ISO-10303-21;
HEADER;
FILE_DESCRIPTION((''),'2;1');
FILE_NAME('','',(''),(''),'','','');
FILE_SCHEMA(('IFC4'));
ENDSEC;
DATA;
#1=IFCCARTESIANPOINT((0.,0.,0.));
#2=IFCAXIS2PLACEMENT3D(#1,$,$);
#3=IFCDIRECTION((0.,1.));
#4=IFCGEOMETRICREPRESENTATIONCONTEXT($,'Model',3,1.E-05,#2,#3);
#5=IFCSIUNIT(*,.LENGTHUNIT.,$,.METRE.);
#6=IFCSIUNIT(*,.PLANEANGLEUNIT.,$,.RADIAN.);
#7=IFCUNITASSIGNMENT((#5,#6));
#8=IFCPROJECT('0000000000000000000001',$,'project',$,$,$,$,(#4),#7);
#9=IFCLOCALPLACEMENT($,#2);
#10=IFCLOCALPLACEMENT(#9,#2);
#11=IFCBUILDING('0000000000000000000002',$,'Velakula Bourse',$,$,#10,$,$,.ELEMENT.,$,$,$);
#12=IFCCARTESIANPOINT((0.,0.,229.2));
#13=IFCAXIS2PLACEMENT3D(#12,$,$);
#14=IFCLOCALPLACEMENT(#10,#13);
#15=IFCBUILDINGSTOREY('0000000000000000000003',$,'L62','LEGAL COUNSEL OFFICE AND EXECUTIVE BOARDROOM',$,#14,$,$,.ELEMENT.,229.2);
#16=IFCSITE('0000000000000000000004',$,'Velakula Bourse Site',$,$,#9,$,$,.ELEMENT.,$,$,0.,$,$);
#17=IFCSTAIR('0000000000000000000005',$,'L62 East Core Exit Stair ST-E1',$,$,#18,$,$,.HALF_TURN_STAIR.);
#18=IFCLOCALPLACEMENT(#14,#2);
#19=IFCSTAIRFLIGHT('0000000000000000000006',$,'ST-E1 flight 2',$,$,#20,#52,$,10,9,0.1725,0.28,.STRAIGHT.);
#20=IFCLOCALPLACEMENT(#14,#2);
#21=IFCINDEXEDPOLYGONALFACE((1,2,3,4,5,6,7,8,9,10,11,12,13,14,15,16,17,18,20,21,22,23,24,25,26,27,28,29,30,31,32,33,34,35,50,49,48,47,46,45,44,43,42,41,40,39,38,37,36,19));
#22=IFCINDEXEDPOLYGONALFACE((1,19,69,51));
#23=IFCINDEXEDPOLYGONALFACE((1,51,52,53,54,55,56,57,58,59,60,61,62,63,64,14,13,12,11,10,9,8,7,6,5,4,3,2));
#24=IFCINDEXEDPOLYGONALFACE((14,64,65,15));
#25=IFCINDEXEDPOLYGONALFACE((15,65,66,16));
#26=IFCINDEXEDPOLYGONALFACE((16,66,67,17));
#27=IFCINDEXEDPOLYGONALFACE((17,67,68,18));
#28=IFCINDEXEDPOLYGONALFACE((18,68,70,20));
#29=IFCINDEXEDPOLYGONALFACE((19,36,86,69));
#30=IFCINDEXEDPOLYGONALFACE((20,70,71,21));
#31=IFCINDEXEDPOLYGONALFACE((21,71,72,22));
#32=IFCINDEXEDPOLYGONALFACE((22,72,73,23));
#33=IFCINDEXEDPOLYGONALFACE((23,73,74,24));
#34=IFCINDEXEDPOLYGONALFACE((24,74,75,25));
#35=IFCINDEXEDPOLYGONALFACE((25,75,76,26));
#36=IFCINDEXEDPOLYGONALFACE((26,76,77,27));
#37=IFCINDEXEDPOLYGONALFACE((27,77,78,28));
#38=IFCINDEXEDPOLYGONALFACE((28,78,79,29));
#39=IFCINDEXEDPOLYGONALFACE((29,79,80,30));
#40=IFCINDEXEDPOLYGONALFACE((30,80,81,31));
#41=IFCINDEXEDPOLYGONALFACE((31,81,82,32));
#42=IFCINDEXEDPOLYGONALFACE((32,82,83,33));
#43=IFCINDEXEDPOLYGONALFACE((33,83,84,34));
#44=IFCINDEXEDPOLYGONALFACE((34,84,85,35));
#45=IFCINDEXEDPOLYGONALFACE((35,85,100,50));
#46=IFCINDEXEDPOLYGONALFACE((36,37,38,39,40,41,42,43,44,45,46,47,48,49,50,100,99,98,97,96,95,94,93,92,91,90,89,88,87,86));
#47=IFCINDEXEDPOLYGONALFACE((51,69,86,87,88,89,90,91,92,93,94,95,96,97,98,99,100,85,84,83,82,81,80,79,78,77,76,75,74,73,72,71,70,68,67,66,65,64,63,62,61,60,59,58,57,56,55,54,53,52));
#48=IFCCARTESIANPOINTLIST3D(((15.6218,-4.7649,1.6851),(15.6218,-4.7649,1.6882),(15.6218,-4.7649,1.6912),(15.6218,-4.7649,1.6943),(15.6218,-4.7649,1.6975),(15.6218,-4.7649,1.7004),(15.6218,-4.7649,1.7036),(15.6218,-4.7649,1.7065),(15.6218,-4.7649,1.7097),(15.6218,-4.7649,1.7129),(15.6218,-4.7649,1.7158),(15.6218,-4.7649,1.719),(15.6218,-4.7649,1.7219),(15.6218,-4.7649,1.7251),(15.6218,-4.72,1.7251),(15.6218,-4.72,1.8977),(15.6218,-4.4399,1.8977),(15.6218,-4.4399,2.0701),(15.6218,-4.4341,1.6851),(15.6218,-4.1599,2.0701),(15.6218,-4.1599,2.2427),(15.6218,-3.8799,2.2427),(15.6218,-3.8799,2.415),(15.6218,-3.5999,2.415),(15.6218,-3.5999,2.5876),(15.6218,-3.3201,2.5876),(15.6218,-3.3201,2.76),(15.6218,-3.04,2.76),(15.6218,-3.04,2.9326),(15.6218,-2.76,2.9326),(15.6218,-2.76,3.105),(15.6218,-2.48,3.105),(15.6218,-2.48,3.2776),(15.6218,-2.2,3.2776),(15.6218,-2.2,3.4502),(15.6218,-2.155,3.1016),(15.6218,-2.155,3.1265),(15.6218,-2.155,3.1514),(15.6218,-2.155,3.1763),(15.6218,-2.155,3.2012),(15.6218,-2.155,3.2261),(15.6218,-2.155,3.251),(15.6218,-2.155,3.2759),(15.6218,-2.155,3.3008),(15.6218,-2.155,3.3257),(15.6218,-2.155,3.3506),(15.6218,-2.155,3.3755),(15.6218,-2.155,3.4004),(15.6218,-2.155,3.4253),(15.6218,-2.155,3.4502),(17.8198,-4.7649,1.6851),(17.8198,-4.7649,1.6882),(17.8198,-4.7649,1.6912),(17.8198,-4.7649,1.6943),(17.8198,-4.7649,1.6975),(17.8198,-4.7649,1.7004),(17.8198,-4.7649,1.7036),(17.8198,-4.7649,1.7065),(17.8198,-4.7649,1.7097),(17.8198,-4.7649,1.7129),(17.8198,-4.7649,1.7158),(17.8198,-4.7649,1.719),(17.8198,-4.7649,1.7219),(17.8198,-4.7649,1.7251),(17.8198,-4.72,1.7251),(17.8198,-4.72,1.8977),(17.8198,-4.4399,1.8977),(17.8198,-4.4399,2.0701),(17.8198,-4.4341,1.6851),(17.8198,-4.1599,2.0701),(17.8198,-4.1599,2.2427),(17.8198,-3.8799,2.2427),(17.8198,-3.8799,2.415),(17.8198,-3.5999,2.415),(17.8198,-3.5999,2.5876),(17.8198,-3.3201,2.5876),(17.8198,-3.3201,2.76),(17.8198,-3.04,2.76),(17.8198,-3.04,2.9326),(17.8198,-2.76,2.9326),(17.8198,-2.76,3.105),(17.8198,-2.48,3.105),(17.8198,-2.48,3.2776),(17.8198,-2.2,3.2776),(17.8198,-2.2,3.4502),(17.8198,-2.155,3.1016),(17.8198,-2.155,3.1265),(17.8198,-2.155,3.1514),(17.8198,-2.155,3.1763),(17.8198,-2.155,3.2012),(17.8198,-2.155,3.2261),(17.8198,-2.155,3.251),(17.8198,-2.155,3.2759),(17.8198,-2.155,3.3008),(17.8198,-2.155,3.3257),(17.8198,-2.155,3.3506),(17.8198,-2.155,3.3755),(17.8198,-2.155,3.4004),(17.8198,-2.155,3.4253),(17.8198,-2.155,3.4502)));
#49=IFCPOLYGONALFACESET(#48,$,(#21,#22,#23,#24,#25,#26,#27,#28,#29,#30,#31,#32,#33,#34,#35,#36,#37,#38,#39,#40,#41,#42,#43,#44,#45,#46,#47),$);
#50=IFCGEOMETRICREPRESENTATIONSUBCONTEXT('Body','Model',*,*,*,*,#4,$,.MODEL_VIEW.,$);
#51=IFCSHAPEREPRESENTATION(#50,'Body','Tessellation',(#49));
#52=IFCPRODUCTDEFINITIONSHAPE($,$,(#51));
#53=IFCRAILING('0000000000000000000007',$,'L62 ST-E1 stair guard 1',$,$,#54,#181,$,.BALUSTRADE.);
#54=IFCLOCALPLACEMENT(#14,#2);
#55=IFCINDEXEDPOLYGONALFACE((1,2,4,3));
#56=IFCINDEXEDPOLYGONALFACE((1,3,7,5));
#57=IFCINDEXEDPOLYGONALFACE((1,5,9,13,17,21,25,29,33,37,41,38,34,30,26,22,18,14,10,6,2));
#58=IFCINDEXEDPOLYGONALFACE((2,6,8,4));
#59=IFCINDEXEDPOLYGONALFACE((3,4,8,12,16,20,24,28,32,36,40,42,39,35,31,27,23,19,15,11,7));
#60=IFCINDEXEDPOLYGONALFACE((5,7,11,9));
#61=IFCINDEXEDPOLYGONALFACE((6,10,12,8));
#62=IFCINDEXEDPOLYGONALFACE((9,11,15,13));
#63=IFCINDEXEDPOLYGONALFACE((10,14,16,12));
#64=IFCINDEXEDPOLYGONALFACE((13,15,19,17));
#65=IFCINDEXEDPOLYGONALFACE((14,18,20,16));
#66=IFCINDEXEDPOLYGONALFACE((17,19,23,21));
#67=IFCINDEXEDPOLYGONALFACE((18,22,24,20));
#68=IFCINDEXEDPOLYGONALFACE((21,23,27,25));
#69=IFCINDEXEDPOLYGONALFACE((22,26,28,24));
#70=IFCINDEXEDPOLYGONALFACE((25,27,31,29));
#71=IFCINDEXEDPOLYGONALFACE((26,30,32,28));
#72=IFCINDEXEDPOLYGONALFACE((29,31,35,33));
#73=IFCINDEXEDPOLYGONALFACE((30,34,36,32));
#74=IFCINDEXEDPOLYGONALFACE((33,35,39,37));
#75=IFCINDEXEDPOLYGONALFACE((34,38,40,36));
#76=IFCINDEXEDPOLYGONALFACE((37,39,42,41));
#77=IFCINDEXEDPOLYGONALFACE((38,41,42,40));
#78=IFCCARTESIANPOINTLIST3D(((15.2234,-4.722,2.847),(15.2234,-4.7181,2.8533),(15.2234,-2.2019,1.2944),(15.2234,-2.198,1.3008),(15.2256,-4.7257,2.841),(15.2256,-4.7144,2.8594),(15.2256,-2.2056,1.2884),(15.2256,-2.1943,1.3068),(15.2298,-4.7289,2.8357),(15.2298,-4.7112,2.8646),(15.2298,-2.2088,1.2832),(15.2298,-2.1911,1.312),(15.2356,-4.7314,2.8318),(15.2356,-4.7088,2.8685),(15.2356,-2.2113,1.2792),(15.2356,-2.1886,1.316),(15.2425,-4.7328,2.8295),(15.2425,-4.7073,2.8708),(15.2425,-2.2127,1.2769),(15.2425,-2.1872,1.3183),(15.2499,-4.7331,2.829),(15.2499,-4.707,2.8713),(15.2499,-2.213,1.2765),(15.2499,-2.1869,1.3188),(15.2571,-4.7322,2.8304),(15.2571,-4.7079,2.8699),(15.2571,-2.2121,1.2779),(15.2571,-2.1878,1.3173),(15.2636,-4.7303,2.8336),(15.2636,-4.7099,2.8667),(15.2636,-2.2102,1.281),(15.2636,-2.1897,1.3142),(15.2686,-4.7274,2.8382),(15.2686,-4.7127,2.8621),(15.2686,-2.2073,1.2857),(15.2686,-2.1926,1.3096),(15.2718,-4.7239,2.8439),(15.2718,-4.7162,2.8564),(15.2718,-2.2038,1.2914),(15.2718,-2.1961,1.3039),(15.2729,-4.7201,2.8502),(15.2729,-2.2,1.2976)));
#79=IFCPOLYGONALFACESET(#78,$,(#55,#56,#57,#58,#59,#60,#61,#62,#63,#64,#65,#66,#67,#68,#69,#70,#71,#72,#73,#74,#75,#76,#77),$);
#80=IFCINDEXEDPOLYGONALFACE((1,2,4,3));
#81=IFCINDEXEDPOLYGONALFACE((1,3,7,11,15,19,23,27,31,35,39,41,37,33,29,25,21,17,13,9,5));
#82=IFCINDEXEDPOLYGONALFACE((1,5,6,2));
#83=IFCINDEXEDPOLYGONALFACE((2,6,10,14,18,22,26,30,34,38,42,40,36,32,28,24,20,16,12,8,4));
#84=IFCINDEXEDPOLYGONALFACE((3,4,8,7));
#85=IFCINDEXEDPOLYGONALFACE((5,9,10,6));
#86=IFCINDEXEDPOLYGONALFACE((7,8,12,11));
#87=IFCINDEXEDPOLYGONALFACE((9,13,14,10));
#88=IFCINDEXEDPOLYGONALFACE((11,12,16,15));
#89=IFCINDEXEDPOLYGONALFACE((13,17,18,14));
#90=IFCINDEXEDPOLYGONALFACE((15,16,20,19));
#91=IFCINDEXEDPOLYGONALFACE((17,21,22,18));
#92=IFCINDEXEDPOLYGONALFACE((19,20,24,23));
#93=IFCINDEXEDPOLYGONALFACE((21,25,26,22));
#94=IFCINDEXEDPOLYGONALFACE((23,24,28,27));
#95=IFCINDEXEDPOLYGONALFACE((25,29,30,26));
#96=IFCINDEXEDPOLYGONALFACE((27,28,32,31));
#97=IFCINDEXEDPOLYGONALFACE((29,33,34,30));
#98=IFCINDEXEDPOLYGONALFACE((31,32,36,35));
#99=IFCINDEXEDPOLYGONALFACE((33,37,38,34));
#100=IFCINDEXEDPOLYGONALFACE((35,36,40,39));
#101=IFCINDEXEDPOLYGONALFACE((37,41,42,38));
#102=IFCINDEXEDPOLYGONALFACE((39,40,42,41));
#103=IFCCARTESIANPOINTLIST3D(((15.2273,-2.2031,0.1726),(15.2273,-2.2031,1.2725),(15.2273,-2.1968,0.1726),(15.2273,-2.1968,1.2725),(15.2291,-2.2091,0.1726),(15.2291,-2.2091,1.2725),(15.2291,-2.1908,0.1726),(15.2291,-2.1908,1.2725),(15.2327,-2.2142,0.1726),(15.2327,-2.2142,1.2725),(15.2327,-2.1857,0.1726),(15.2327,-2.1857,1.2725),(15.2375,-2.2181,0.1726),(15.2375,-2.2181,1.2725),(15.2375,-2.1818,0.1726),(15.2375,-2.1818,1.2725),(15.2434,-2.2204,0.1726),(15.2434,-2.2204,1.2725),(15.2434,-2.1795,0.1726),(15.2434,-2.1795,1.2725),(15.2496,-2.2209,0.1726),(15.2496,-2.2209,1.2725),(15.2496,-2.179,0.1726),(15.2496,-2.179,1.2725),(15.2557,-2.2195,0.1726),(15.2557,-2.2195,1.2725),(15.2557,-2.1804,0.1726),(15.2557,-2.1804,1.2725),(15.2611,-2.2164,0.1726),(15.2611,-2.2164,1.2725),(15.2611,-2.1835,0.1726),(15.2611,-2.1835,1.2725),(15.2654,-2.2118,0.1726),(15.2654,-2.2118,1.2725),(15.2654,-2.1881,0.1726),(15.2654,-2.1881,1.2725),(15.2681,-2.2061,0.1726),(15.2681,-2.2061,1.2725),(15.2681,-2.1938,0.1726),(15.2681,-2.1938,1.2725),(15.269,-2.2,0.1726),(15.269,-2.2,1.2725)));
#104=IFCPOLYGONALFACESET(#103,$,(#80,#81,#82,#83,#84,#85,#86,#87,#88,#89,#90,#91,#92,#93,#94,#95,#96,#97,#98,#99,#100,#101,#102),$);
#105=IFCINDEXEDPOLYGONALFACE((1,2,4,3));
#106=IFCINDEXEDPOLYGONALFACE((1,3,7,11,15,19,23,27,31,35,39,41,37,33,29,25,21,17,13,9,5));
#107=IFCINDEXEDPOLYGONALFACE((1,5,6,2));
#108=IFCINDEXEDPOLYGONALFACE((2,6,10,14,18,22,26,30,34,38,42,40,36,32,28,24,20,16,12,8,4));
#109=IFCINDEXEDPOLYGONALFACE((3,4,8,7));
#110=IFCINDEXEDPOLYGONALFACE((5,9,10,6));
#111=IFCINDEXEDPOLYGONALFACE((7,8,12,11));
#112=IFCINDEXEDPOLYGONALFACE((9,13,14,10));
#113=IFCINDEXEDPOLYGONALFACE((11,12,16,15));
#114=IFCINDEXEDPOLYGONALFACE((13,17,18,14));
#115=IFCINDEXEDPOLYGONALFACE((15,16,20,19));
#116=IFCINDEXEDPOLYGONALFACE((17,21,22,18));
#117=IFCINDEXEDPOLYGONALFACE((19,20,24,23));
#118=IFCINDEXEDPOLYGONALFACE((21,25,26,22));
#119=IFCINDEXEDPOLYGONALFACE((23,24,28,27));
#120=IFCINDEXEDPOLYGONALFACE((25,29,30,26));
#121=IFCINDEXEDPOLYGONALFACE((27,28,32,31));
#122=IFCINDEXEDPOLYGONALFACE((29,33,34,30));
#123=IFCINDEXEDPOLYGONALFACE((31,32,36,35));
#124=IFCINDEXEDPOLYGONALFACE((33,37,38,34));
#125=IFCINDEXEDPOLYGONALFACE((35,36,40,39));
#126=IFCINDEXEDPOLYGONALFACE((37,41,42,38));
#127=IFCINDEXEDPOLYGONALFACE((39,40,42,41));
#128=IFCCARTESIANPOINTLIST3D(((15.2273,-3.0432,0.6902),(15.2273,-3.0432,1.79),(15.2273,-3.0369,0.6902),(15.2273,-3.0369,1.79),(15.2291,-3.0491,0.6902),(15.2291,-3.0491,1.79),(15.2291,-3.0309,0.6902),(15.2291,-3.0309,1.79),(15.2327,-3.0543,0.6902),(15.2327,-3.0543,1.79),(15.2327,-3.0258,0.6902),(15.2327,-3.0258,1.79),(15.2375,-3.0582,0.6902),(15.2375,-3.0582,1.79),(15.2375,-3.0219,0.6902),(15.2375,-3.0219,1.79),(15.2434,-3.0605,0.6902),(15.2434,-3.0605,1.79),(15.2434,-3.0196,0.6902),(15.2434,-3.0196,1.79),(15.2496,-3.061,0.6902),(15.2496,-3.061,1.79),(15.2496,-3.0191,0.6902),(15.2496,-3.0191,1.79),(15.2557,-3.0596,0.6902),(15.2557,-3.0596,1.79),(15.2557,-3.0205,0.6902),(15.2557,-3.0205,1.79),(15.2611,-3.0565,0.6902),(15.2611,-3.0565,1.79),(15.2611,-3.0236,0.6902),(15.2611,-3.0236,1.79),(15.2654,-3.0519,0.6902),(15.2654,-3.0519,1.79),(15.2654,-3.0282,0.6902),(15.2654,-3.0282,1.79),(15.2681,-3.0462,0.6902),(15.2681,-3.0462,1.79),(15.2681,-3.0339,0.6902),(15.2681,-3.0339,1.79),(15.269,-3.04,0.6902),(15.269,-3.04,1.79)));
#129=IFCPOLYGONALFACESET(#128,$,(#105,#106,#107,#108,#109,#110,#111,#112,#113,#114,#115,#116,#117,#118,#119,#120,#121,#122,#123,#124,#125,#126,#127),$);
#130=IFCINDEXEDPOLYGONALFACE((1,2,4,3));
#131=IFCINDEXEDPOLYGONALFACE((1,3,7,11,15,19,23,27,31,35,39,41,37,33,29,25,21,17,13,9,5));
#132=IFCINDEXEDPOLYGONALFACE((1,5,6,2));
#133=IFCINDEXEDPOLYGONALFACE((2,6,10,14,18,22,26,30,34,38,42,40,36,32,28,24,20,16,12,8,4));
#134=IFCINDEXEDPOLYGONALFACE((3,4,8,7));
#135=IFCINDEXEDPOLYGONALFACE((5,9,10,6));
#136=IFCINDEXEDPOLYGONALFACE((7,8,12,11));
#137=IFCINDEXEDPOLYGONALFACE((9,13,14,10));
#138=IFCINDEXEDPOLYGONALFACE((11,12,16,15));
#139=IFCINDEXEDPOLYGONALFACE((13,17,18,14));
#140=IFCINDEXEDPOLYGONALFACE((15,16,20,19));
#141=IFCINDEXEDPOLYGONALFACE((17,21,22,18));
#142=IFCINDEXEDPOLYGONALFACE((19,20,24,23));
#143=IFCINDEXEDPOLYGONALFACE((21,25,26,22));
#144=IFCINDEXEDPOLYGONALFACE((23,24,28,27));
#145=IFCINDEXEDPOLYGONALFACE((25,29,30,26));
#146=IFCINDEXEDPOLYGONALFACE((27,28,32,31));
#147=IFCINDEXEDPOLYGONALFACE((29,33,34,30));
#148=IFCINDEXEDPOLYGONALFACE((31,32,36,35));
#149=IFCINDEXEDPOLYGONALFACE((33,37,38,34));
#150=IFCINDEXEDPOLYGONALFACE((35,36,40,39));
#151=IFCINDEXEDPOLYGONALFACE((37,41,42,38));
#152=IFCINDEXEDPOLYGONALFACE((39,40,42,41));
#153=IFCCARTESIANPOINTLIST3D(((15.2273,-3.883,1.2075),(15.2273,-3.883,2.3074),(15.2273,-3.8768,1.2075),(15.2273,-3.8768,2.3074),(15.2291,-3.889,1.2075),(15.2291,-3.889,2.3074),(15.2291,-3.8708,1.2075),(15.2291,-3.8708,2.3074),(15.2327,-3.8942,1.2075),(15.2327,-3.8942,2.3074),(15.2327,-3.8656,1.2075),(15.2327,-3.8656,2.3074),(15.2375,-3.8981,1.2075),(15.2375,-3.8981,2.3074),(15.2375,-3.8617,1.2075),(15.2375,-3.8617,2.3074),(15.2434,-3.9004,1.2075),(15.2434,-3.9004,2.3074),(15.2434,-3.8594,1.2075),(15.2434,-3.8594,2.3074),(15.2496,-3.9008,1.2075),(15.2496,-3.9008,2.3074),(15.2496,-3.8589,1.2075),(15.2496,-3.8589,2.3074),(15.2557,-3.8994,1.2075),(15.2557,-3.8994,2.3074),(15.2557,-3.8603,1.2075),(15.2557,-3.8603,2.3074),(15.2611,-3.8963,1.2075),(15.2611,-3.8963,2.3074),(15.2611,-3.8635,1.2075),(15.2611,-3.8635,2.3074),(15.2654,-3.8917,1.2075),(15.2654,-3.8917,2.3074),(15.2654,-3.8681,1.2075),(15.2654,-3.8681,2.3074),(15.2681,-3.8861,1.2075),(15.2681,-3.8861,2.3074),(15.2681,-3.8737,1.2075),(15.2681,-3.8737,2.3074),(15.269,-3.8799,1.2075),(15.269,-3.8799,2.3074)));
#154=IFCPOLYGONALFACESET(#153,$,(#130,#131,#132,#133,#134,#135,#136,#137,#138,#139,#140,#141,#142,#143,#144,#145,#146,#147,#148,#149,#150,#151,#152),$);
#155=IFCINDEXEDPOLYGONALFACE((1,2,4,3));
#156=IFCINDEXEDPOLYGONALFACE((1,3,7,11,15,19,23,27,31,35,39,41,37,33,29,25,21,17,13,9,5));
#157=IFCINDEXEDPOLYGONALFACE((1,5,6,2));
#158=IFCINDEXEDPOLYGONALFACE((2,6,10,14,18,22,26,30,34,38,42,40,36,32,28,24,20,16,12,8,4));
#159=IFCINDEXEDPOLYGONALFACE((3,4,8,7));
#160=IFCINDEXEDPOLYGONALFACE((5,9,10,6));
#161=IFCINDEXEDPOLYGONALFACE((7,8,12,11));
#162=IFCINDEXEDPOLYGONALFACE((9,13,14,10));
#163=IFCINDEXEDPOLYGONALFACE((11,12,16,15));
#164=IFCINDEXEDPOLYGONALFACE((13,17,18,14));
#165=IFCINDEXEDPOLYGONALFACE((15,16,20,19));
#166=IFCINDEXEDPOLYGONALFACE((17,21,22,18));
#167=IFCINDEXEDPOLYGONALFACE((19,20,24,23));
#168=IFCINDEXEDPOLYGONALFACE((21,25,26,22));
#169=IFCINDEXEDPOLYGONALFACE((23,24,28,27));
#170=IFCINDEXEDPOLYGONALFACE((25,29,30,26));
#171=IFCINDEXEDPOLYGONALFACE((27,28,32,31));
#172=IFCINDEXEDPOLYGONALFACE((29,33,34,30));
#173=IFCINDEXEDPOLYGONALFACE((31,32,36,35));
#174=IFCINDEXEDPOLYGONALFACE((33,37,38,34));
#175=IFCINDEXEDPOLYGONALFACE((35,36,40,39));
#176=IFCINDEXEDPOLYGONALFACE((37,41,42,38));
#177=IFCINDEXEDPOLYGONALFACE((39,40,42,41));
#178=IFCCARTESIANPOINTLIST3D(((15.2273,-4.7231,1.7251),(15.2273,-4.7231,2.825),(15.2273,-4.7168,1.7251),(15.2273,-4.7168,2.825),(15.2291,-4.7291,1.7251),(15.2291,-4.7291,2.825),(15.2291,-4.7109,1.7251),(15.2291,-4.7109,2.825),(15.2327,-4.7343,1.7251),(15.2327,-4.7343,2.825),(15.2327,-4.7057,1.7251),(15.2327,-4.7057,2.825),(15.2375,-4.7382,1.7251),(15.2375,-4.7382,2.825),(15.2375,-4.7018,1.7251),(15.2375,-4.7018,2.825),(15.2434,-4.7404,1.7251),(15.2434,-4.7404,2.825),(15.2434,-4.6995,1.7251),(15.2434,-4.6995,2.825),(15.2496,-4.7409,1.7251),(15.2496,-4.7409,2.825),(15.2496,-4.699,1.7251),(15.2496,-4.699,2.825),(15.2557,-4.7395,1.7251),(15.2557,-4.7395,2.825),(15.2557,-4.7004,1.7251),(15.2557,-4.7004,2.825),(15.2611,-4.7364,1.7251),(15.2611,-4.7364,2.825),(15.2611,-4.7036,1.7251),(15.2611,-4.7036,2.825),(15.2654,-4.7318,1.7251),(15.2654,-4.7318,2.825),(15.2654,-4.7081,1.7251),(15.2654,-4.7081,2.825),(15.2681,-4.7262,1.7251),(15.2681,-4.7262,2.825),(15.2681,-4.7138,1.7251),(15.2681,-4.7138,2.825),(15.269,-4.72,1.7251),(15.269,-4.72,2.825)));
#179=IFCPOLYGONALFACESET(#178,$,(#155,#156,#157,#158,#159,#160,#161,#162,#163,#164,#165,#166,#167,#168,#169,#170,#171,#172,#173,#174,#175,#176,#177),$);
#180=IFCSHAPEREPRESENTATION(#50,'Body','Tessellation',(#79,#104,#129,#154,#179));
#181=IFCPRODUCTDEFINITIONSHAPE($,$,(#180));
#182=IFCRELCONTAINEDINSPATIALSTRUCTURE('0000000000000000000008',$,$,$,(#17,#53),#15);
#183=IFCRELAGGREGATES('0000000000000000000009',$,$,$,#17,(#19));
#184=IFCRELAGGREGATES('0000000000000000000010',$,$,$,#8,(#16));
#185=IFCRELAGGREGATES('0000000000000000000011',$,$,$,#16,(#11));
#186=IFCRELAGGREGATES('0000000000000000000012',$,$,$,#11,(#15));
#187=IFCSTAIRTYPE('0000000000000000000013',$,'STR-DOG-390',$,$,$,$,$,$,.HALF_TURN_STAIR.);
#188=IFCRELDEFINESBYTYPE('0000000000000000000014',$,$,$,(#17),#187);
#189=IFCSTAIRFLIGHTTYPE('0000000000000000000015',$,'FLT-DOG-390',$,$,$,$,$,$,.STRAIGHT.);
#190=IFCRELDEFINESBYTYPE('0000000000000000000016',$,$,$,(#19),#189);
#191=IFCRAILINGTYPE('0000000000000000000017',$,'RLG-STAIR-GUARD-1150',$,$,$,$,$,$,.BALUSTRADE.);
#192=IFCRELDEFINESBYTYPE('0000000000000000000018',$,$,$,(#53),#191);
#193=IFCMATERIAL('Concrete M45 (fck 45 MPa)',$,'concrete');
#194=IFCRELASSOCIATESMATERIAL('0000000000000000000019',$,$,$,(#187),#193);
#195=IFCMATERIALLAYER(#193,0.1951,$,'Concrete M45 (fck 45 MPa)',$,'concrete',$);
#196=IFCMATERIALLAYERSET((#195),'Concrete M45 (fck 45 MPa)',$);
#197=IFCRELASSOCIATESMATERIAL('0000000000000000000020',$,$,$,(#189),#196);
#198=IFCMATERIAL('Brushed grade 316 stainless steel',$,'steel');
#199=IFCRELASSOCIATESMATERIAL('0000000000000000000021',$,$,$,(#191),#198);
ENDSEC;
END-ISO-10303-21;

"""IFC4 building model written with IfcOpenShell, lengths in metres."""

from ifc_helpers import new_model, si_unit, direction, frame, origin, origin_2d, place, context, subcontext, project, spatial, polyline, circle, outline, extrude, material, layer, layer_set, type_object, element, aggregate, save


model = new_model("IFC4")

# Units and contexts
model_context = context("Model", 3, precision=1e-05, world=origin(), true_north=direction((0.0, 1.0)))
body_context = subcontext(model_context, "Body", "Model", "MODEL_VIEW")
ifc_project = project(units=[si_unit("LENGTHUNIT", "METRE"), si_unit("PLANEANGLEUNIT", "RADIAN")], contexts=[model_context])

# Site, building, storey
site_placement = place(None, origin())
site = spatial("IfcSite", under=ifc_project, at=site_placement, Name="Velakula Bourse Site", CompositionType="ELEMENT", RefElevation=0.0)
building_placement = place(site_placement, origin())
building = spatial("IfcBuilding", under=site, at=building_placement, Name="Velakula Bourse", CompositionType="ELEMENT")
storey_placement = place(building_placement, frame((0.0, 0.0, 229.2)))
storey = spatial("IfcBuildingStorey", under=building, at=storey_placement, Name="L62", Description="LEGAL COUNSEL OFFICE AND EXECUTIVE BOARDROOM", CompositionType="ELEMENT", Elevation=229.2)

# Shared definitions
ifc_material_1 = material(Name="Brushed grade 316 stainless steel", Category="steel")

# Stair, stair flight
ifc_material_2 = material(Name="Concrete M45 (fck 45 MPa)", Category="concrete")
stair_type = type_object("IfcStairType", Name="STR-DOG-390", PredefinedType="HALF_TURN_STAIR", material=ifc_material_2)
stair_placement = place(storey_placement, origin())
stair = element("IfcStair", 1, at=stair_placement, inside=storey, type_object=stair_type, Name="L62 East Core Exit Stair ST-E1", PredefinedType="HALF_TURN_STAIR")
ifc_layer_1 = layer(ifc_material_2, 0.1951, Name="Concrete M45 (fck 45 MPa)", Category="concrete")
ifc_layer_set_1 = layer_set([ifc_layer_1], Name="Concrete M45 (fck 45 MPa)")
stair_flight_type = type_object("IfcStairFlightType", Name="FLT-DOG-390", PredefinedType="STRAIGHT", material=ifc_layer_set_1)
stair_flight_1_placement = place(storey_placement, frame((16.7209, -4.72, 1.7251), z_axis=(0.0, 0.0, 1.0), x_axis=(0.0, 1.0, 0.0)))
stair_flight_1 = element("IfcStairFlight", 2, at=stair_flight_1_placement, type_object=stair_flight_type, Name="ST-E1 flight 2", NumberOfRisers=10, NumberOfTreads=9, PredefinedType="STRAIGHT", RiserHeight=0.1725, TreadLength=0.28, context=body_context, shape_type="SweptSolid", body=[
    extrude(outline(polyline([(-0.0449, -0.04), (-0.0449, -0.0369), (-0.0449, -0.0339), (-0.0449, -0.0308), (-0.0449, -0.0276), (-0.0449, -0.0247), (-0.0449, -0.0215), (-0.0449, -0.0186), (-0.0449, -0.0154), (-0.0449, -0.0122), (-0.0449, -0.0093), (-0.0449, -0.0061), (-0.0449, -0.0032), (-0.0449, 0.0), (0.0, 0.0), (0.0, 0.1726), (0.28, 0.1726), (0.28, 0.345), (0.5601, 0.345), (0.5601, 0.5176), (0.8401, 0.5176), (0.8401, 0.6899), (1.1201, 0.6899), (1.1201, 0.8625), (1.3999, 0.8625), (1.3999, 1.0349), (1.6799, 1.0349), (1.6799, 1.2075), (1.96, 1.2075), (1.96, 1.3799), (2.24, 1.3799), (2.24, 1.5525), (2.52, 1.5525), (2.52, 1.7251), (2.5649, 1.7251), (2.5649, 1.7002), (2.5649, 1.6753), (2.5649, 1.6504), (2.5649, 1.6255), (2.5649, 1.6006), (2.5649, 1.5757), (2.5649, 1.5508), (2.5649, 1.5259), (2.5649, 1.501), (2.5649, 1.4761), (2.5649, 1.4512), (2.5649, 1.4263), (2.5649, 1.4014), (2.5649, 1.3765), (0.2859, -0.04), (-0.0449, -0.04)])), frame((0.0, 1.0991, 0.0), z_axis=(0.0, -1.0, 0.0), x_axis=(1.0, 0.0, 0.0)), (0.0, 0.0, 1.0), 2.198),
])
aggregate(stair, [stair_flight_1])

# Railing
railing_type_1 = type_object("IfcRailingType", Name="RLG-STAIR-GUARD-1150", PredefinedType="BALUSTRADE", material=ifc_material_1)
railing_1_placement = place(storey_placement, frame((15.248, -2.2, 0.1726)))
element("IfcRailing", 3, at=railing_1_placement, inside=storey, type_object=railing_type_1, Name="L62 ST-E1 stair guard 1", PredefinedType="BALUSTRADE", context=body_context, shape_type="SweptSolid", body=[
    extrude(circle(Radius=0.0249, at=origin_2d()), frame((0.0, 0.0, 1.125), z_axis=(0.0, -0.8514, 0.524516), x_axis=(1.0, 0.0, 0.0)), (0.0, 0.0, 1.0), 2.96),
    extrude(circle(Radius=0.021, at=origin_2d()), origin(), (0.0, 0.0, 1.0), 1.0999),
    extrude(circle(Radius=0.021, at=origin_2d()), frame((0.0, -0.8401, 0.5176)), (0.0, 0.0, 1.0), 1.0999),
    extrude(circle(Radius=0.021, at=origin_2d()), frame((0.0, -1.6799, 1.0349)), (0.0, 0.0, 1.0), 1.0999),
    extrude(circle(Radius=0.021, at=origin_2d()), frame((0.0, -2.52, 1.5525)), (0.0, 0.0, 1.0), 1.0999),
])

save(model, "model.ifc")
